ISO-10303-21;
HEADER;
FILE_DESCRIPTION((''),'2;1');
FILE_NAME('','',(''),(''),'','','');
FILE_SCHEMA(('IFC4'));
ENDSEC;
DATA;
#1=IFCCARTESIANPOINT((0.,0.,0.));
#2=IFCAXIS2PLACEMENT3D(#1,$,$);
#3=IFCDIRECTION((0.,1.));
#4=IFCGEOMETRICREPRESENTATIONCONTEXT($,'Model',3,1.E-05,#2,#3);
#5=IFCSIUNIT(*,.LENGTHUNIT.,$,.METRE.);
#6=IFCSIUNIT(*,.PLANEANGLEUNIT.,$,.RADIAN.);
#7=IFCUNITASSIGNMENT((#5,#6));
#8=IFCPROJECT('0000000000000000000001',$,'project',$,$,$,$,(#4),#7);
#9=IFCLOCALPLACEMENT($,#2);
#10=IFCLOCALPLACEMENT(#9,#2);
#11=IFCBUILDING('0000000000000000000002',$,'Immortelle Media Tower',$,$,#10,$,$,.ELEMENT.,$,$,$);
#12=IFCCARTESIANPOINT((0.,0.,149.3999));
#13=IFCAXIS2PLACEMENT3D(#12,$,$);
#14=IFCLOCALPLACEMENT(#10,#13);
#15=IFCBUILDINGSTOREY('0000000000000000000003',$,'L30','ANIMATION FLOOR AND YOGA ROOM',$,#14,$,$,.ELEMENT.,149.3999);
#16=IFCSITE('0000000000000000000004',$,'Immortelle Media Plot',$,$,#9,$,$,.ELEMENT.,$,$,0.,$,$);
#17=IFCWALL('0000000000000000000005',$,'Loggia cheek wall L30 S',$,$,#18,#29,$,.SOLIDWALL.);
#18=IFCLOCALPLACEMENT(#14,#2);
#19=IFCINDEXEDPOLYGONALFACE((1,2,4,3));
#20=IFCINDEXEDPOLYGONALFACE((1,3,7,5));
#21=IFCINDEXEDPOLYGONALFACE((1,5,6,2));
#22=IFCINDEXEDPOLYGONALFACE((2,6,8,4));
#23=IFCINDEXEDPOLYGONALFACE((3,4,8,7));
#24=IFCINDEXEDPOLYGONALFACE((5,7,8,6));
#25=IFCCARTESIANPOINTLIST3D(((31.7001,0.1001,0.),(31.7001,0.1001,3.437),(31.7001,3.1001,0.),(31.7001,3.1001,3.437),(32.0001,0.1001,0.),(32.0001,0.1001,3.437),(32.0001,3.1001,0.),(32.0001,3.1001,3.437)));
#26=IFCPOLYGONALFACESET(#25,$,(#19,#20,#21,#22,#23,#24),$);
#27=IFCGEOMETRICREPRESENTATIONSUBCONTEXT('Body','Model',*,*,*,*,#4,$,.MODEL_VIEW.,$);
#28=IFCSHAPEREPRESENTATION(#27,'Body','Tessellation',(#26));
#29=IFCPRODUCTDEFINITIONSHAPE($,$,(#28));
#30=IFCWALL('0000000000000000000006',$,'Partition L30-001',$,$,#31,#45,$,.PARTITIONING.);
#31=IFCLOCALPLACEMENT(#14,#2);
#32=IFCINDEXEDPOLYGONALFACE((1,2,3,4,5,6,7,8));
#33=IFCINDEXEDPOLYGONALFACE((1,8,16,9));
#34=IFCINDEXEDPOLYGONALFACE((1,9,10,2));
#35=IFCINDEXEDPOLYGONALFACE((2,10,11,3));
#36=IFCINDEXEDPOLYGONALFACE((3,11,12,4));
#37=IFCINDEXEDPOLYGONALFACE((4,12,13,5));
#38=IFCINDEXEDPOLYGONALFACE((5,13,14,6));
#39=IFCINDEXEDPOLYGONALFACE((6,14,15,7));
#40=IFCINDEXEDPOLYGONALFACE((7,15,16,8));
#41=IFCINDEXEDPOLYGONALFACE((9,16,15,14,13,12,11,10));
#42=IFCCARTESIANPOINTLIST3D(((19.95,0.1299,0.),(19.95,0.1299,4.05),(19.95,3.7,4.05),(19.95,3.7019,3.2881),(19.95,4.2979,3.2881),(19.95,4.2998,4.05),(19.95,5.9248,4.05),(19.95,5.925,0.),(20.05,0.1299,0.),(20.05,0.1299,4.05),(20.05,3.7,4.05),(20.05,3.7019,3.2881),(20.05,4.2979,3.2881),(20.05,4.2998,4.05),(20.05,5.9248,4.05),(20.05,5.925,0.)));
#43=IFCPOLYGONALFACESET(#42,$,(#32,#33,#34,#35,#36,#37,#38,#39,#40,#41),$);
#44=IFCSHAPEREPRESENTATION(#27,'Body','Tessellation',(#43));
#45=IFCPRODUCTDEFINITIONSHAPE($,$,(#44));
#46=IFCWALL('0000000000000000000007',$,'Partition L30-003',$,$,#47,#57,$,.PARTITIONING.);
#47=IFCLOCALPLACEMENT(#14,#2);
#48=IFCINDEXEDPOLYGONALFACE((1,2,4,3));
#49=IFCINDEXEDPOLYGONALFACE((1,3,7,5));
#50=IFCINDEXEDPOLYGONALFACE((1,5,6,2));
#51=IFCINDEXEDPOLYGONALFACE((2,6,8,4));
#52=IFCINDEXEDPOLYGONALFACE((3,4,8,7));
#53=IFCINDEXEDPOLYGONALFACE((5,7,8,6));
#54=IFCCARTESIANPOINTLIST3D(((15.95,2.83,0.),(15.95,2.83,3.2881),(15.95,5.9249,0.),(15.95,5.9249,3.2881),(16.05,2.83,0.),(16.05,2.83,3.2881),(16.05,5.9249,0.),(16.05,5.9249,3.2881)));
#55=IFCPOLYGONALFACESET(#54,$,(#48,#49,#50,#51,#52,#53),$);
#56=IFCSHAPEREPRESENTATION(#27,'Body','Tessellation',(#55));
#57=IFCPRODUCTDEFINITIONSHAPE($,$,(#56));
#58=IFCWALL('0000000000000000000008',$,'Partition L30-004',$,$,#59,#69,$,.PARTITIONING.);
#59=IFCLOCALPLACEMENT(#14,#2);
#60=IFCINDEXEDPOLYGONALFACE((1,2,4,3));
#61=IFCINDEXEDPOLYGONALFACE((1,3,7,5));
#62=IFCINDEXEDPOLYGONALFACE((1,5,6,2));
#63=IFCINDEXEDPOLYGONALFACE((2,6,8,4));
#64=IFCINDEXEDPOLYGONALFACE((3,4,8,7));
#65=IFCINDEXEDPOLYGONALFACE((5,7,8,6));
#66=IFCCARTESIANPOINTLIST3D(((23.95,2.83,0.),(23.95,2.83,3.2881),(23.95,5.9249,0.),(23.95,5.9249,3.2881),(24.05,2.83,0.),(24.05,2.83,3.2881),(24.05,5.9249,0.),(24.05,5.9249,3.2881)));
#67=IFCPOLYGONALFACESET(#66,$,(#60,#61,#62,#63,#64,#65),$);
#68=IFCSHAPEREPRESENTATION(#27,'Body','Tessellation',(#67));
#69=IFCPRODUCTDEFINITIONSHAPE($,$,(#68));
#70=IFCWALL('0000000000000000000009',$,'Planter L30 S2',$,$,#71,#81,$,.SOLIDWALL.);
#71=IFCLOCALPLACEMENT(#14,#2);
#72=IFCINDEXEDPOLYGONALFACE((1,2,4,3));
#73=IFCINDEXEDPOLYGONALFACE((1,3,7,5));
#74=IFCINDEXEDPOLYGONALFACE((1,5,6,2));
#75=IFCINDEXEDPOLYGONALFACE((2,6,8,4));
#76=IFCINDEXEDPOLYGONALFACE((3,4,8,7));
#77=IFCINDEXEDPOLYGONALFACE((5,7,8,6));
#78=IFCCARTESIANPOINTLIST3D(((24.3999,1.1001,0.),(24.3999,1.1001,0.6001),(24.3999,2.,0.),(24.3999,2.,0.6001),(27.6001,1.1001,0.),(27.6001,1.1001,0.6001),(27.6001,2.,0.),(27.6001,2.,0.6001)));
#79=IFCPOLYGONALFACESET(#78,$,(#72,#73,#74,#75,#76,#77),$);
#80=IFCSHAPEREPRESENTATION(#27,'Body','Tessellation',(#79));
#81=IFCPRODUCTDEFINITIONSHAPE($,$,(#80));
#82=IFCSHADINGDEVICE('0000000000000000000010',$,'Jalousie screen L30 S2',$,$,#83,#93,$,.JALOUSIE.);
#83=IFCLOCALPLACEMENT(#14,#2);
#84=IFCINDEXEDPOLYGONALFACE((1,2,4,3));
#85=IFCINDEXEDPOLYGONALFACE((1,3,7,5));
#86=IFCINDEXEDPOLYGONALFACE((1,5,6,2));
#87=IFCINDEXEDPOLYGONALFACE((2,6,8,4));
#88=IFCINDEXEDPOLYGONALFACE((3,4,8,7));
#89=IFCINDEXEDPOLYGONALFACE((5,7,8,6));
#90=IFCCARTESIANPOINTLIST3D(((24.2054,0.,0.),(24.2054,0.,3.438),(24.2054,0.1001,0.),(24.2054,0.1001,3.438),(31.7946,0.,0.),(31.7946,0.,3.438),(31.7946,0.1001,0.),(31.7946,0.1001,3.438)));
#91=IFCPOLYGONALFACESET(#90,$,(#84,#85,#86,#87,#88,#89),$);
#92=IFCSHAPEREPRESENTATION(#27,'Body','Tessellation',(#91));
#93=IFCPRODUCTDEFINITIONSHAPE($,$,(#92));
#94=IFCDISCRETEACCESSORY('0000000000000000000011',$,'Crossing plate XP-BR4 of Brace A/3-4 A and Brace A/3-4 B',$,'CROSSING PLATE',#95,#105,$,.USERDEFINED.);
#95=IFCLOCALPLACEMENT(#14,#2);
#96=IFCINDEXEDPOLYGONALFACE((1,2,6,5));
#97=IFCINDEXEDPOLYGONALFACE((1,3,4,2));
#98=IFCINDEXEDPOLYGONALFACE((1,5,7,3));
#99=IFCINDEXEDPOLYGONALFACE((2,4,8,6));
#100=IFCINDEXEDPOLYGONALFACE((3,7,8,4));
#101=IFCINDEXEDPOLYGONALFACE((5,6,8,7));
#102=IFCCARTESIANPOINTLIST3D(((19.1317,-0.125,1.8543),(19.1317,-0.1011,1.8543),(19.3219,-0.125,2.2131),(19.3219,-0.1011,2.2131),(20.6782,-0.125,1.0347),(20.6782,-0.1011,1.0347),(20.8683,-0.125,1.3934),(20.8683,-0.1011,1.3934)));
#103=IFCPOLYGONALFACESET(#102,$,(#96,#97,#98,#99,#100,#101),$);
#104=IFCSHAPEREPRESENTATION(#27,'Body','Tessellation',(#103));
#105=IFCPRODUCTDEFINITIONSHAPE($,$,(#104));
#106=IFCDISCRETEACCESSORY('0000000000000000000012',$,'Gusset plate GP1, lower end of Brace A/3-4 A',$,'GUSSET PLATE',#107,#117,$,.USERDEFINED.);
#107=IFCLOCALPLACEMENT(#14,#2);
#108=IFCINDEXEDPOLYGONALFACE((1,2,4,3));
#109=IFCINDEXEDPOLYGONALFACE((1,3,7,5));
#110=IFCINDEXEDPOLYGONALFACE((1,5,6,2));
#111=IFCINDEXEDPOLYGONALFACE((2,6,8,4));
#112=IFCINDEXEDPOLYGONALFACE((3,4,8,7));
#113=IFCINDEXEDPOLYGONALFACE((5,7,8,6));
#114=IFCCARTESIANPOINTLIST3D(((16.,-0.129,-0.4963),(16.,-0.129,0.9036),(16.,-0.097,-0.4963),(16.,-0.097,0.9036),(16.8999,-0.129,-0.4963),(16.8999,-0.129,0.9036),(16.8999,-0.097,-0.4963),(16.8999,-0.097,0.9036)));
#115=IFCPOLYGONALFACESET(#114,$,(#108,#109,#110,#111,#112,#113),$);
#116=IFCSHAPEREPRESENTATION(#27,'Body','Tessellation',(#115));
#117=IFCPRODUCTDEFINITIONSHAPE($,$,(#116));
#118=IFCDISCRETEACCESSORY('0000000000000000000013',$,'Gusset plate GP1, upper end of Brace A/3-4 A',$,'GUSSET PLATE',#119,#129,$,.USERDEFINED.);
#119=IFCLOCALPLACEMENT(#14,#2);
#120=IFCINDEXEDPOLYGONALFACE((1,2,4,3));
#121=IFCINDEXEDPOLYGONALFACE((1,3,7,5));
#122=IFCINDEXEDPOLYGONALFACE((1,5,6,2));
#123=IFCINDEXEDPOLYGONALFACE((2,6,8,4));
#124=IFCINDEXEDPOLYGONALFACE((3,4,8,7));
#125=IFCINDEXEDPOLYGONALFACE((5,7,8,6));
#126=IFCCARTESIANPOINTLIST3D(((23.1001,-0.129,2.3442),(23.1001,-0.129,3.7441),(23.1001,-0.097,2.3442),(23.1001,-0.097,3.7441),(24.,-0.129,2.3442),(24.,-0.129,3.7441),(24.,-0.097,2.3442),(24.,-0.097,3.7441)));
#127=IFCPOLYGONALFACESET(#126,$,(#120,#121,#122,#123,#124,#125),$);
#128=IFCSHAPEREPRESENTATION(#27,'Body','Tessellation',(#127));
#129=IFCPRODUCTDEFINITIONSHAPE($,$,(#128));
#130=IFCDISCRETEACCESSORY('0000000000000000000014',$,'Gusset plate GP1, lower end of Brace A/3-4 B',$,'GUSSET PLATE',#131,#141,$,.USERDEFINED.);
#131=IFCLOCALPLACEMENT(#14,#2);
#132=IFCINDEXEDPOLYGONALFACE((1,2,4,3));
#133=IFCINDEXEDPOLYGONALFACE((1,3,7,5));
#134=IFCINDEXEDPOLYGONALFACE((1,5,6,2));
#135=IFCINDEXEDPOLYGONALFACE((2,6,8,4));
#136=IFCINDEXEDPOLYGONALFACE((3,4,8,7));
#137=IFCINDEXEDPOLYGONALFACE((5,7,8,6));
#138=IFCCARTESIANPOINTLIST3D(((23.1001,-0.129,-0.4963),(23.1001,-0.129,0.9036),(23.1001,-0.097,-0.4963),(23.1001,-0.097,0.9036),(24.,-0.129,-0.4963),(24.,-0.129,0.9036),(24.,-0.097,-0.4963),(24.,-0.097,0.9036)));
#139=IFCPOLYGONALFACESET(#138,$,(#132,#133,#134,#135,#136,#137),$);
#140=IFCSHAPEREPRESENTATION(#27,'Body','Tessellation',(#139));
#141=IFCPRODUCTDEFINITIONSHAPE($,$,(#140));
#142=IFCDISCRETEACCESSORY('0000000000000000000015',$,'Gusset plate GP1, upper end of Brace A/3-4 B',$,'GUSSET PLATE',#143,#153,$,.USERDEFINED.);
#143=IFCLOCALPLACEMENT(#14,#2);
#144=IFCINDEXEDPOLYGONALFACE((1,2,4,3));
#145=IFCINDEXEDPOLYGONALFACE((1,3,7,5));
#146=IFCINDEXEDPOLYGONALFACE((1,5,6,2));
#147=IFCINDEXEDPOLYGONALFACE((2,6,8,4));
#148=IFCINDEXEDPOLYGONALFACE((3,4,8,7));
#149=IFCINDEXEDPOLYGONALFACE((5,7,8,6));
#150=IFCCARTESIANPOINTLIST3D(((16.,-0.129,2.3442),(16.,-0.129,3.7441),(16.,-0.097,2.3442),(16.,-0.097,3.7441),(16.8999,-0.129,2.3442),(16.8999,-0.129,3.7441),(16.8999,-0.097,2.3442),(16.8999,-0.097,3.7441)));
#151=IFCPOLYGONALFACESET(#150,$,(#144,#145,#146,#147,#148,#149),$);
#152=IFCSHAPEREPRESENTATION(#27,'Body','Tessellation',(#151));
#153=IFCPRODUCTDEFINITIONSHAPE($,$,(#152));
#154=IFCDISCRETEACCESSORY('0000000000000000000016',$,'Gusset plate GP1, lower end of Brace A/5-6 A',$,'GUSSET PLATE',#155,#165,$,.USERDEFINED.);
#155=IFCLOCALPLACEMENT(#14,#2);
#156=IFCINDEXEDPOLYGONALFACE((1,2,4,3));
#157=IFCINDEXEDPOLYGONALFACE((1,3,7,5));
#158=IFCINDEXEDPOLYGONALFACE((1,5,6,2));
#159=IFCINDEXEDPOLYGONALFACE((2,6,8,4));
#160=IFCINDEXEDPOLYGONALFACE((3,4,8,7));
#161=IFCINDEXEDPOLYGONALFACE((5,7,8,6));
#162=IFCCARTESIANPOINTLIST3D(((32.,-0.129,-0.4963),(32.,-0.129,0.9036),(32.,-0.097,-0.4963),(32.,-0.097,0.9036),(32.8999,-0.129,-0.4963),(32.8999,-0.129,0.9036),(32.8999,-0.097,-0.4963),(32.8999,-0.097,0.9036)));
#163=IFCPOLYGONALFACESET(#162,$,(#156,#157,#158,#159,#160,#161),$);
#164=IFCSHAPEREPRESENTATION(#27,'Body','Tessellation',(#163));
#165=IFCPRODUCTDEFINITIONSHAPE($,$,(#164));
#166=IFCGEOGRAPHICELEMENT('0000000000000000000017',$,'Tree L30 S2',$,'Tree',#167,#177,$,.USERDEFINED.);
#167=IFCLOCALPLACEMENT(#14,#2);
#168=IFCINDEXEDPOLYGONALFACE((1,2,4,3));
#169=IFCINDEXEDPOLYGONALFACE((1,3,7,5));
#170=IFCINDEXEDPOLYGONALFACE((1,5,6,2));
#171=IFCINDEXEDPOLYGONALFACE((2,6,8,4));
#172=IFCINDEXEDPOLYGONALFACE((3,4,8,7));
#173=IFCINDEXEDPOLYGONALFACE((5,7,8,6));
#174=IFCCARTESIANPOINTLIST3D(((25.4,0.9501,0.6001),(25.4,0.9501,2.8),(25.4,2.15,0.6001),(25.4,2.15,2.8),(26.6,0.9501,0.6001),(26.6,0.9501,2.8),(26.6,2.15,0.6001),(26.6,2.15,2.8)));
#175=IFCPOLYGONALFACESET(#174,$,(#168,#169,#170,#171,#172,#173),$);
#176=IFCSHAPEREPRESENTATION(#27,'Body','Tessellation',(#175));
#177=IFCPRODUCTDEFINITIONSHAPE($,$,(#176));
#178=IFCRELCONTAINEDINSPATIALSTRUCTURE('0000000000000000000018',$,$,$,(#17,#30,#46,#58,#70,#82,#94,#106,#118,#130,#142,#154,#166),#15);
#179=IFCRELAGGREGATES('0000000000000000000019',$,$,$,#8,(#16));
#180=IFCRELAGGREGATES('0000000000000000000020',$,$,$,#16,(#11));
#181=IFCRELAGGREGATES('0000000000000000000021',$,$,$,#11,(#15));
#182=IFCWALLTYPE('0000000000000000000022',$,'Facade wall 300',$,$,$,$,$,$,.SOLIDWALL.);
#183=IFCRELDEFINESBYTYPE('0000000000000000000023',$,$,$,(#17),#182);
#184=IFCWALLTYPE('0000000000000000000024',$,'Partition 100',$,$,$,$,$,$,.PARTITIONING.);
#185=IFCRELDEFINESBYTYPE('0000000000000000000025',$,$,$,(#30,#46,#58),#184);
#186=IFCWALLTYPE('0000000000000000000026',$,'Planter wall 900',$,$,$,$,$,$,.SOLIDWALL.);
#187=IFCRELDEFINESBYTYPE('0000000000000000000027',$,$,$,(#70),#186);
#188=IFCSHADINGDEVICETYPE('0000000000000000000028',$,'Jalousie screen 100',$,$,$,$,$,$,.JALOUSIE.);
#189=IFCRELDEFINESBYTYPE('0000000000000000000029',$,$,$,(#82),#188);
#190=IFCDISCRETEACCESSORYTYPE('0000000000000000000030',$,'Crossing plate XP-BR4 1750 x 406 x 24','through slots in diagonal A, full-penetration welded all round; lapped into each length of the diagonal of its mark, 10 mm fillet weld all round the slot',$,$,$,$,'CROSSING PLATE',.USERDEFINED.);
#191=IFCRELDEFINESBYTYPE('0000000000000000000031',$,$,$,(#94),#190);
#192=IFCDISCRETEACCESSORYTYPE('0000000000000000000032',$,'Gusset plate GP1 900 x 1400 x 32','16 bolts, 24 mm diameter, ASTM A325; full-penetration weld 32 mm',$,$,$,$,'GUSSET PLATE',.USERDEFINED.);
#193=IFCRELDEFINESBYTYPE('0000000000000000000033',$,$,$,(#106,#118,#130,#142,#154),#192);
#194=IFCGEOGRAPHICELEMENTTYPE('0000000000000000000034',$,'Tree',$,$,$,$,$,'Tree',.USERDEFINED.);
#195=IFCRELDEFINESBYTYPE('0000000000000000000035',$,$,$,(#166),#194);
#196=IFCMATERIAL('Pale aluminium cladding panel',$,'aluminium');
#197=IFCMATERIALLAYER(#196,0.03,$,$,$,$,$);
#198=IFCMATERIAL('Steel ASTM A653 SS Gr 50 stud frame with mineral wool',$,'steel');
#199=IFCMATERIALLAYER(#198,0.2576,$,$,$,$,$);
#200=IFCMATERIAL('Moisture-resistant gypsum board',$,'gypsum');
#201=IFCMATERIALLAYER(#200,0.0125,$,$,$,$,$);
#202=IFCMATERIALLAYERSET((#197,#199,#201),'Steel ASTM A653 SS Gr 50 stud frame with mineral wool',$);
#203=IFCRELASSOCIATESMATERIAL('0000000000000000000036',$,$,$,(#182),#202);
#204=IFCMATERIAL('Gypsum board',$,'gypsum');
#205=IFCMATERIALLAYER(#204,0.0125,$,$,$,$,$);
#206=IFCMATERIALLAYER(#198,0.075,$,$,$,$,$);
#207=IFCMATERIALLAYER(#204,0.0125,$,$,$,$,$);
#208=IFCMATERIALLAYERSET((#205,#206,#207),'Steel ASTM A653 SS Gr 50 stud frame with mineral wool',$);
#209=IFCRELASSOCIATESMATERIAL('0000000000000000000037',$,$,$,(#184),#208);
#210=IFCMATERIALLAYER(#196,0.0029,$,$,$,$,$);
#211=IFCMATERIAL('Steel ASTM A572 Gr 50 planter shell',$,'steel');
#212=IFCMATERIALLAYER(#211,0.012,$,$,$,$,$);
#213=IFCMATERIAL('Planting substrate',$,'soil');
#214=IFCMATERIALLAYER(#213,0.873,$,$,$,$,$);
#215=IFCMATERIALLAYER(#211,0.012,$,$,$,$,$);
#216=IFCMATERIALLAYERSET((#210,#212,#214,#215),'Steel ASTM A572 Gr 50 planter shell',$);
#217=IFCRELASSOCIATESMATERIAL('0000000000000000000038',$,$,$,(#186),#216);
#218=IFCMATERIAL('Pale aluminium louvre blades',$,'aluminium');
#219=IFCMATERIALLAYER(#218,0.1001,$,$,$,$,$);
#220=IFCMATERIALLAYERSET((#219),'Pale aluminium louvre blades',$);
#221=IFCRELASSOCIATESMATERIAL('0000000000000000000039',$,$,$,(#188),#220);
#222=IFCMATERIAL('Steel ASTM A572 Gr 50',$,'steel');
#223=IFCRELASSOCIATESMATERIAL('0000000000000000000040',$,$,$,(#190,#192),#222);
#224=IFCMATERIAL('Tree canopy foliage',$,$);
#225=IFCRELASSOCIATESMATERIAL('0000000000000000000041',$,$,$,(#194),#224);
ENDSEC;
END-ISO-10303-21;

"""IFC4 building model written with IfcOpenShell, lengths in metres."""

from ifc_helpers import new_model, si_unit, direction, frame, frame_2d, origin, origin_2d, place, context, subcontext, project, spatial, polyline, rectangle, outline, extrude, material, layer, layer_set, material_profile, profile_set, type_object, element, save


model = new_model("IFC4")

# Units and contexts
model_context = context("Model", 3, precision=1e-05, world=origin(), true_north=direction((0.0, 1.0)))
body_context = subcontext(model_context, "Body", "Model", "MODEL_VIEW")
ifc_project = project(units=[si_unit("LENGTHUNIT", "METRE"), si_unit("PLANEANGLEUNIT", "RADIAN")], contexts=[model_context])

# Site, building, storey
site_placement = place(None, origin())
site = spatial("IfcSite", under=ifc_project, at=site_placement, Name="Immortelle Media Plot", CompositionType="ELEMENT", RefElevation=0.0)
building_placement = place(site_placement, origin())
building = spatial("IfcBuilding", under=site, at=building_placement, Name="Immortelle Media Tower", CompositionType="ELEMENT")
storey_placement = place(building_placement, frame((0.0, 0.0, 149.3999)))
storey = spatial("IfcBuildingStorey", under=building, at=storey_placement, Name="L30", Description="ANIMATION FLOOR AND YOGA ROOM", CompositionType="ELEMENT", Elevation=149.3999)

# Shared definitions
ifc_material_1 = material(Name="Pale aluminium cladding panel", Category="aluminium")
ifc_layer_1 = layer(ifc_material_1, 0.03)
ifc_material_2 = material(Name="Steel ASTM A653 SS Gr 50 stud frame with mineral wool", Category="steel")
ifc_layer_2 = layer(ifc_material_2, 0.2576)
ifc_material_3 = material(Name="Moisture-resistant gypsum board", Category="gypsum")
ifc_layer_3 = layer(ifc_material_3, 0.0125)
ifc_layer_set_1 = layer_set([ifc_layer_1, ifc_layer_2, ifc_layer_3], Name="Steel ASTM A653 SS Gr 50 stud frame with mineral wool")
wall_type_1 = type_object("IfcWallType", Name="Facade wall 300", PredefinedType="SOLIDWALL", material=ifc_layer_set_1)

# Walls
for number, where, z_axis, x_axis, name in (
    (1, (31.8501, 0.1001, 0.0), (0.0, 0.0, 1.0), (0.0, 1.0, 0.0), "Loggia cheek wall L30 S"),
):
    element("IfcWall", number, at=place(storey_placement, frame(where, z_axis=z_axis, x_axis=x_axis)), inside=storey, type_object=wall_type_1, Name=name, PredefinedType="SOLIDWALL", context=body_context, shape_type="SweptSolid", body=[
        extrude(rectangle(XDim=3.0, YDim=0.3, at=frame_2d((1.5, 0.0))), origin(), (0.0, 0.0, 1.0), 3.437),
    ])
ifc_material_4 = material(Name="Gypsum board", Category="gypsum")
ifc_layer_4 = layer(ifc_material_4, 0.0125)
ifc_layer_5 = layer(ifc_material_2, 0.075)
ifc_layer_6 = layer(ifc_material_4, 0.0125)
ifc_layer_set_2 = layer_set([ifc_layer_4, ifc_layer_5, ifc_layer_6], Name="Steel ASTM A653 SS Gr 50 stud frame with mineral wool")
wall_type_2 = type_object("IfcWallType", Name="Partition 100", PredefinedType="PARTITIONING", material=ifc_layer_set_2)
wall_1_placement = place(storey_placement, frame((20.0, 0.1299, 0.0), z_axis=(0.0, 0.0, 1.0), x_axis=(0.0, 1.0, 0.0)))
element("IfcWall", 2, at=wall_1_placement, inside=storey, type_object=wall_type_2, Name="Partition L30-001", PredefinedType="PARTITIONING", context=body_context, shape_type="SweptSolid", body=[
    extrude(outline(polyline([(0.0, 0.0), (5.7952, 0.0), (5.7949, 4.05), (4.1699, 4.05), (4.168, 3.2881), (3.572, 3.2881), (3.5701, 4.05), (0.0, 4.05), (0.0, 0.0)])), frame((0.0, 0.05, 0.0), z_axis=(0.0, -1.0, 0.0), x_axis=(1.0, 0.0, 0.0)), (0.0, 0.0, 1.0), 0.1001),
])
for number, where, z_axis, x_axis, name in (
    (3, (16.0, 2.8301, 0.0), (0.0, 0.0, 1.0), (0.0, 1.0, 0.0), "Partition L30-003"),
    (4, (24.0, 2.8301, 0.0), (0.0, 0.0, 1.0), (0.0, 1.0, 0.0), "Partition L30-004"),
):
    element("IfcWall", number, at=place(storey_placement, frame(where, z_axis=z_axis, x_axis=x_axis)), inside=storey, type_object=wall_type_2, Name=name, PredefinedType="PARTITIONING", context=body_context, shape_type="SweptSolid", body=[
        extrude(rectangle(XDim=3.095, YDim=0.1001, at=frame_2d((1.5474, 0.0))), origin(), (0.0, 0.0, 1.0), 3.2881),
    ])
ifc_layer_7 = layer(ifc_material_1, 0.0029)
ifc_material_5 = material(Name="Steel ASTM A572 Gr 50 planter shell", Category="steel")
ifc_layer_8 = layer(ifc_material_5, 0.012)
ifc_material_6 = material(Name="Planting substrate", Category="soil")
ifc_layer_9 = layer(ifc_material_6, 0.873)
ifc_layer_10 = layer(ifc_material_5, 0.012)
ifc_layer_set_3 = layer_set([ifc_layer_7, ifc_layer_8, ifc_layer_9, ifc_layer_10], Name="Steel ASTM A572 Gr 50 planter shell")
wall_type_3 = type_object("IfcWallType", Name="Planter wall 900", PredefinedType="SOLIDWALL", material=ifc_layer_set_3)
wall_2_placement = place(storey_placement, frame((24.3999, 1.55, 0.0), z_axis=(0.0, 0.0, 1.0), x_axis=(1.0, 0.0, 0.0)))
element("IfcWall", 5, at=wall_2_placement, inside=storey, type_object=wall_type_3, Name="Planter L30 S2", PredefinedType="SOLIDWALL", context=body_context, shape_type="SweptSolid", body=[
    extrude(rectangle(XDim=3.2002, YDim=0.8999, at=frame_2d((1.6001, 0.0))), origin(), (0.0, 0.0, 1.0), 0.6001),
])

# Shading device
ifc_material_7 = material(Name="Pale aluminium louvre blades", Category="aluminium")
ifc_layer_11 = layer(ifc_material_7, 0.1001)
ifc_layer_set_4 = layer_set([ifc_layer_11], Name="Pale aluminium louvre blades")
shading_device_type = type_object("IfcShadingDeviceType", Name="Jalousie screen 100", PredefinedType="JALOUSIE", material=ifc_layer_set_4)
shading_device_placement = place(storey_placement, frame((28.0, 0.05, 0.0), z_axis=(0.0, 0.0, 1.0), x_axis=(1.0, 0.0, 0.0)))
element("IfcShadingDevice", 6, at=shading_device_placement, inside=storey, type_object=shading_device_type, Name="Jalousie screen L30 S2", PredefinedType="JALOUSIE", context=body_context, shape_type="SweptSolid", body=[
    extrude(rectangle(XDim=7.5891, YDim=0.1001, at=origin_2d()), origin(), (0.0, 0.0, 1.0), 3.438),
])

# Discrete accessories
ifc_material_8 = material(Name="Steel ASTM A572 Gr 50", Category="steel")
ifc_material_profile_1 = material_profile(ifc_material_8, rectangle(XDim=0.0239, YDim=0.406, at=origin_2d()), Name="PL 24 x 406")
ifc_profile_set_1 = profile_set([ifc_material_profile_1], Name="Steel ASTM A572 Gr 50")
discrete_accessory_type_1 = type_object("IfcDiscreteAccessoryType", Name="Crossing plate XP-BR4 1750 x 406 x 24", Description="through slots in diagonal A, full-penetration welded all round; lapped into each length of the diagonal of its mark, 10 mm fillet weld all round the slot", ElementType="CROSSING PLATE", PredefinedType="USERDEFINED", material=ifc_profile_set_1)
discrete_accessory_placement = place(storey_placement, frame((19.2268, -0.113, 2.0337), z_axis=(0.883574, 0.0, -0.468291), x_axis=(0.0, 1.0, 0.0)))
element("IfcDiscreteAccessory", 7, at=discrete_accessory_placement, inside=storey, type_object=discrete_accessory_type_1, Name="Crossing plate XP-BR4 of Brace A/3-4 A and Brace A/3-4 B", ObjectType="CROSSING PLATE", PredefinedType="USERDEFINED", context=body_context, shape_type="SweptSolid", body=[
    extrude(rectangle(XDim=0.0239, YDim=0.406, at=origin_2d()), origin(), (0.0, 0.0, 1.0), 1.7502),
])
ifc_material_profile_2 = material_profile(ifc_material_8, rectangle(XDim=0.032, YDim=1.3999, at=origin_2d()), Name="PL 32 x 1400")
ifc_profile_set_2 = profile_set([ifc_material_profile_2], Name="Steel ASTM A572 Gr 50")
discrete_accessory_type_2 = type_object("IfcDiscreteAccessoryType", Name="Gusset plate GP1 900 x 1400 x 32", Description="16 bolts, 24 mm diameter, ASTM A325; full-penetration weld 32 mm", ElementType="GUSSET PLATE", PredefinedType="USERDEFINED", material=ifc_profile_set_2)
for number, where, z_axis, x_axis, name in (
    (8, (16.0, -0.113, 0.2036), (1.0, 0.0, 0.0), (0.0, 1.0, 0.0), "Gusset plate GP1, lower end of Brace A/3-4 A"),
    (9, (24.0, -0.113, 3.0442), (-1.0, 0.0, 0.0), (0.0, -1.0, 0.0), "Gusset plate GP1, upper end of Brace A/3-4 A"),
    (10, (24.0, -0.113, 0.2036), (-1.0, 0.0, 0.0), (0.0, -1.0, 0.0), "Gusset plate GP1, lower end of Brace A/3-4 B"),
    (11, (16.0, -0.113, 3.0442), (1.0, 0.0, 0.0), (0.0, 1.0, 0.0), "Gusset plate GP1, upper end of Brace A/3-4 B"),
    (12, (32.0, -0.113, 0.2036), (1.0, 0.0, 0.0), (0.0, 1.0, 0.0), "Gusset plate GP1, lower end of Brace A/5-6 A"),
):
    element("IfcDiscreteAccessory", number, at=place(storey_placement, frame(where, z_axis=z_axis, x_axis=x_axis)), inside=storey, type_object=discrete_accessory_type_2, Name=name, ObjectType="GUSSET PLATE", PredefinedType="USERDEFINED", context=body_context, shape_type="SweptSolid", body=[
        extrude(rectangle(XDim=0.032, YDim=1.3999, at=origin_2d()), origin(), (0.0, 0.0, 1.0), 0.8999),
    ])

# Geographic element
ifc_material_9 = material(Name="Tree canopy foliage")
geographic_element_type = type_object("IfcGeographicElementType", Name="Tree", ElementType="Tree", PredefinedType="USERDEFINED", material=ifc_material_9)
geographic_element_placement = place(storey_placement, frame((26.0, 1.55, 0.6001), z_axis=(0.0, 0.0, 1.0), x_axis=(1.0, 0.0, 0.0)))
element("IfcGeographicElement", 13, at=geographic_element_placement, inside=storey, type_object=geographic_element_type, Name="Tree L30 S2", ObjectType="Tree", PredefinedType="USERDEFINED", context=body_context, shape_type="SweptSolid", body=[
    extrude(rectangle(XDim=1.2, YDim=1.2, at=origin_2d()), origin(), (0.0, 0.0, 1.0), 2.2),
])

save(model, "model.ifc")
